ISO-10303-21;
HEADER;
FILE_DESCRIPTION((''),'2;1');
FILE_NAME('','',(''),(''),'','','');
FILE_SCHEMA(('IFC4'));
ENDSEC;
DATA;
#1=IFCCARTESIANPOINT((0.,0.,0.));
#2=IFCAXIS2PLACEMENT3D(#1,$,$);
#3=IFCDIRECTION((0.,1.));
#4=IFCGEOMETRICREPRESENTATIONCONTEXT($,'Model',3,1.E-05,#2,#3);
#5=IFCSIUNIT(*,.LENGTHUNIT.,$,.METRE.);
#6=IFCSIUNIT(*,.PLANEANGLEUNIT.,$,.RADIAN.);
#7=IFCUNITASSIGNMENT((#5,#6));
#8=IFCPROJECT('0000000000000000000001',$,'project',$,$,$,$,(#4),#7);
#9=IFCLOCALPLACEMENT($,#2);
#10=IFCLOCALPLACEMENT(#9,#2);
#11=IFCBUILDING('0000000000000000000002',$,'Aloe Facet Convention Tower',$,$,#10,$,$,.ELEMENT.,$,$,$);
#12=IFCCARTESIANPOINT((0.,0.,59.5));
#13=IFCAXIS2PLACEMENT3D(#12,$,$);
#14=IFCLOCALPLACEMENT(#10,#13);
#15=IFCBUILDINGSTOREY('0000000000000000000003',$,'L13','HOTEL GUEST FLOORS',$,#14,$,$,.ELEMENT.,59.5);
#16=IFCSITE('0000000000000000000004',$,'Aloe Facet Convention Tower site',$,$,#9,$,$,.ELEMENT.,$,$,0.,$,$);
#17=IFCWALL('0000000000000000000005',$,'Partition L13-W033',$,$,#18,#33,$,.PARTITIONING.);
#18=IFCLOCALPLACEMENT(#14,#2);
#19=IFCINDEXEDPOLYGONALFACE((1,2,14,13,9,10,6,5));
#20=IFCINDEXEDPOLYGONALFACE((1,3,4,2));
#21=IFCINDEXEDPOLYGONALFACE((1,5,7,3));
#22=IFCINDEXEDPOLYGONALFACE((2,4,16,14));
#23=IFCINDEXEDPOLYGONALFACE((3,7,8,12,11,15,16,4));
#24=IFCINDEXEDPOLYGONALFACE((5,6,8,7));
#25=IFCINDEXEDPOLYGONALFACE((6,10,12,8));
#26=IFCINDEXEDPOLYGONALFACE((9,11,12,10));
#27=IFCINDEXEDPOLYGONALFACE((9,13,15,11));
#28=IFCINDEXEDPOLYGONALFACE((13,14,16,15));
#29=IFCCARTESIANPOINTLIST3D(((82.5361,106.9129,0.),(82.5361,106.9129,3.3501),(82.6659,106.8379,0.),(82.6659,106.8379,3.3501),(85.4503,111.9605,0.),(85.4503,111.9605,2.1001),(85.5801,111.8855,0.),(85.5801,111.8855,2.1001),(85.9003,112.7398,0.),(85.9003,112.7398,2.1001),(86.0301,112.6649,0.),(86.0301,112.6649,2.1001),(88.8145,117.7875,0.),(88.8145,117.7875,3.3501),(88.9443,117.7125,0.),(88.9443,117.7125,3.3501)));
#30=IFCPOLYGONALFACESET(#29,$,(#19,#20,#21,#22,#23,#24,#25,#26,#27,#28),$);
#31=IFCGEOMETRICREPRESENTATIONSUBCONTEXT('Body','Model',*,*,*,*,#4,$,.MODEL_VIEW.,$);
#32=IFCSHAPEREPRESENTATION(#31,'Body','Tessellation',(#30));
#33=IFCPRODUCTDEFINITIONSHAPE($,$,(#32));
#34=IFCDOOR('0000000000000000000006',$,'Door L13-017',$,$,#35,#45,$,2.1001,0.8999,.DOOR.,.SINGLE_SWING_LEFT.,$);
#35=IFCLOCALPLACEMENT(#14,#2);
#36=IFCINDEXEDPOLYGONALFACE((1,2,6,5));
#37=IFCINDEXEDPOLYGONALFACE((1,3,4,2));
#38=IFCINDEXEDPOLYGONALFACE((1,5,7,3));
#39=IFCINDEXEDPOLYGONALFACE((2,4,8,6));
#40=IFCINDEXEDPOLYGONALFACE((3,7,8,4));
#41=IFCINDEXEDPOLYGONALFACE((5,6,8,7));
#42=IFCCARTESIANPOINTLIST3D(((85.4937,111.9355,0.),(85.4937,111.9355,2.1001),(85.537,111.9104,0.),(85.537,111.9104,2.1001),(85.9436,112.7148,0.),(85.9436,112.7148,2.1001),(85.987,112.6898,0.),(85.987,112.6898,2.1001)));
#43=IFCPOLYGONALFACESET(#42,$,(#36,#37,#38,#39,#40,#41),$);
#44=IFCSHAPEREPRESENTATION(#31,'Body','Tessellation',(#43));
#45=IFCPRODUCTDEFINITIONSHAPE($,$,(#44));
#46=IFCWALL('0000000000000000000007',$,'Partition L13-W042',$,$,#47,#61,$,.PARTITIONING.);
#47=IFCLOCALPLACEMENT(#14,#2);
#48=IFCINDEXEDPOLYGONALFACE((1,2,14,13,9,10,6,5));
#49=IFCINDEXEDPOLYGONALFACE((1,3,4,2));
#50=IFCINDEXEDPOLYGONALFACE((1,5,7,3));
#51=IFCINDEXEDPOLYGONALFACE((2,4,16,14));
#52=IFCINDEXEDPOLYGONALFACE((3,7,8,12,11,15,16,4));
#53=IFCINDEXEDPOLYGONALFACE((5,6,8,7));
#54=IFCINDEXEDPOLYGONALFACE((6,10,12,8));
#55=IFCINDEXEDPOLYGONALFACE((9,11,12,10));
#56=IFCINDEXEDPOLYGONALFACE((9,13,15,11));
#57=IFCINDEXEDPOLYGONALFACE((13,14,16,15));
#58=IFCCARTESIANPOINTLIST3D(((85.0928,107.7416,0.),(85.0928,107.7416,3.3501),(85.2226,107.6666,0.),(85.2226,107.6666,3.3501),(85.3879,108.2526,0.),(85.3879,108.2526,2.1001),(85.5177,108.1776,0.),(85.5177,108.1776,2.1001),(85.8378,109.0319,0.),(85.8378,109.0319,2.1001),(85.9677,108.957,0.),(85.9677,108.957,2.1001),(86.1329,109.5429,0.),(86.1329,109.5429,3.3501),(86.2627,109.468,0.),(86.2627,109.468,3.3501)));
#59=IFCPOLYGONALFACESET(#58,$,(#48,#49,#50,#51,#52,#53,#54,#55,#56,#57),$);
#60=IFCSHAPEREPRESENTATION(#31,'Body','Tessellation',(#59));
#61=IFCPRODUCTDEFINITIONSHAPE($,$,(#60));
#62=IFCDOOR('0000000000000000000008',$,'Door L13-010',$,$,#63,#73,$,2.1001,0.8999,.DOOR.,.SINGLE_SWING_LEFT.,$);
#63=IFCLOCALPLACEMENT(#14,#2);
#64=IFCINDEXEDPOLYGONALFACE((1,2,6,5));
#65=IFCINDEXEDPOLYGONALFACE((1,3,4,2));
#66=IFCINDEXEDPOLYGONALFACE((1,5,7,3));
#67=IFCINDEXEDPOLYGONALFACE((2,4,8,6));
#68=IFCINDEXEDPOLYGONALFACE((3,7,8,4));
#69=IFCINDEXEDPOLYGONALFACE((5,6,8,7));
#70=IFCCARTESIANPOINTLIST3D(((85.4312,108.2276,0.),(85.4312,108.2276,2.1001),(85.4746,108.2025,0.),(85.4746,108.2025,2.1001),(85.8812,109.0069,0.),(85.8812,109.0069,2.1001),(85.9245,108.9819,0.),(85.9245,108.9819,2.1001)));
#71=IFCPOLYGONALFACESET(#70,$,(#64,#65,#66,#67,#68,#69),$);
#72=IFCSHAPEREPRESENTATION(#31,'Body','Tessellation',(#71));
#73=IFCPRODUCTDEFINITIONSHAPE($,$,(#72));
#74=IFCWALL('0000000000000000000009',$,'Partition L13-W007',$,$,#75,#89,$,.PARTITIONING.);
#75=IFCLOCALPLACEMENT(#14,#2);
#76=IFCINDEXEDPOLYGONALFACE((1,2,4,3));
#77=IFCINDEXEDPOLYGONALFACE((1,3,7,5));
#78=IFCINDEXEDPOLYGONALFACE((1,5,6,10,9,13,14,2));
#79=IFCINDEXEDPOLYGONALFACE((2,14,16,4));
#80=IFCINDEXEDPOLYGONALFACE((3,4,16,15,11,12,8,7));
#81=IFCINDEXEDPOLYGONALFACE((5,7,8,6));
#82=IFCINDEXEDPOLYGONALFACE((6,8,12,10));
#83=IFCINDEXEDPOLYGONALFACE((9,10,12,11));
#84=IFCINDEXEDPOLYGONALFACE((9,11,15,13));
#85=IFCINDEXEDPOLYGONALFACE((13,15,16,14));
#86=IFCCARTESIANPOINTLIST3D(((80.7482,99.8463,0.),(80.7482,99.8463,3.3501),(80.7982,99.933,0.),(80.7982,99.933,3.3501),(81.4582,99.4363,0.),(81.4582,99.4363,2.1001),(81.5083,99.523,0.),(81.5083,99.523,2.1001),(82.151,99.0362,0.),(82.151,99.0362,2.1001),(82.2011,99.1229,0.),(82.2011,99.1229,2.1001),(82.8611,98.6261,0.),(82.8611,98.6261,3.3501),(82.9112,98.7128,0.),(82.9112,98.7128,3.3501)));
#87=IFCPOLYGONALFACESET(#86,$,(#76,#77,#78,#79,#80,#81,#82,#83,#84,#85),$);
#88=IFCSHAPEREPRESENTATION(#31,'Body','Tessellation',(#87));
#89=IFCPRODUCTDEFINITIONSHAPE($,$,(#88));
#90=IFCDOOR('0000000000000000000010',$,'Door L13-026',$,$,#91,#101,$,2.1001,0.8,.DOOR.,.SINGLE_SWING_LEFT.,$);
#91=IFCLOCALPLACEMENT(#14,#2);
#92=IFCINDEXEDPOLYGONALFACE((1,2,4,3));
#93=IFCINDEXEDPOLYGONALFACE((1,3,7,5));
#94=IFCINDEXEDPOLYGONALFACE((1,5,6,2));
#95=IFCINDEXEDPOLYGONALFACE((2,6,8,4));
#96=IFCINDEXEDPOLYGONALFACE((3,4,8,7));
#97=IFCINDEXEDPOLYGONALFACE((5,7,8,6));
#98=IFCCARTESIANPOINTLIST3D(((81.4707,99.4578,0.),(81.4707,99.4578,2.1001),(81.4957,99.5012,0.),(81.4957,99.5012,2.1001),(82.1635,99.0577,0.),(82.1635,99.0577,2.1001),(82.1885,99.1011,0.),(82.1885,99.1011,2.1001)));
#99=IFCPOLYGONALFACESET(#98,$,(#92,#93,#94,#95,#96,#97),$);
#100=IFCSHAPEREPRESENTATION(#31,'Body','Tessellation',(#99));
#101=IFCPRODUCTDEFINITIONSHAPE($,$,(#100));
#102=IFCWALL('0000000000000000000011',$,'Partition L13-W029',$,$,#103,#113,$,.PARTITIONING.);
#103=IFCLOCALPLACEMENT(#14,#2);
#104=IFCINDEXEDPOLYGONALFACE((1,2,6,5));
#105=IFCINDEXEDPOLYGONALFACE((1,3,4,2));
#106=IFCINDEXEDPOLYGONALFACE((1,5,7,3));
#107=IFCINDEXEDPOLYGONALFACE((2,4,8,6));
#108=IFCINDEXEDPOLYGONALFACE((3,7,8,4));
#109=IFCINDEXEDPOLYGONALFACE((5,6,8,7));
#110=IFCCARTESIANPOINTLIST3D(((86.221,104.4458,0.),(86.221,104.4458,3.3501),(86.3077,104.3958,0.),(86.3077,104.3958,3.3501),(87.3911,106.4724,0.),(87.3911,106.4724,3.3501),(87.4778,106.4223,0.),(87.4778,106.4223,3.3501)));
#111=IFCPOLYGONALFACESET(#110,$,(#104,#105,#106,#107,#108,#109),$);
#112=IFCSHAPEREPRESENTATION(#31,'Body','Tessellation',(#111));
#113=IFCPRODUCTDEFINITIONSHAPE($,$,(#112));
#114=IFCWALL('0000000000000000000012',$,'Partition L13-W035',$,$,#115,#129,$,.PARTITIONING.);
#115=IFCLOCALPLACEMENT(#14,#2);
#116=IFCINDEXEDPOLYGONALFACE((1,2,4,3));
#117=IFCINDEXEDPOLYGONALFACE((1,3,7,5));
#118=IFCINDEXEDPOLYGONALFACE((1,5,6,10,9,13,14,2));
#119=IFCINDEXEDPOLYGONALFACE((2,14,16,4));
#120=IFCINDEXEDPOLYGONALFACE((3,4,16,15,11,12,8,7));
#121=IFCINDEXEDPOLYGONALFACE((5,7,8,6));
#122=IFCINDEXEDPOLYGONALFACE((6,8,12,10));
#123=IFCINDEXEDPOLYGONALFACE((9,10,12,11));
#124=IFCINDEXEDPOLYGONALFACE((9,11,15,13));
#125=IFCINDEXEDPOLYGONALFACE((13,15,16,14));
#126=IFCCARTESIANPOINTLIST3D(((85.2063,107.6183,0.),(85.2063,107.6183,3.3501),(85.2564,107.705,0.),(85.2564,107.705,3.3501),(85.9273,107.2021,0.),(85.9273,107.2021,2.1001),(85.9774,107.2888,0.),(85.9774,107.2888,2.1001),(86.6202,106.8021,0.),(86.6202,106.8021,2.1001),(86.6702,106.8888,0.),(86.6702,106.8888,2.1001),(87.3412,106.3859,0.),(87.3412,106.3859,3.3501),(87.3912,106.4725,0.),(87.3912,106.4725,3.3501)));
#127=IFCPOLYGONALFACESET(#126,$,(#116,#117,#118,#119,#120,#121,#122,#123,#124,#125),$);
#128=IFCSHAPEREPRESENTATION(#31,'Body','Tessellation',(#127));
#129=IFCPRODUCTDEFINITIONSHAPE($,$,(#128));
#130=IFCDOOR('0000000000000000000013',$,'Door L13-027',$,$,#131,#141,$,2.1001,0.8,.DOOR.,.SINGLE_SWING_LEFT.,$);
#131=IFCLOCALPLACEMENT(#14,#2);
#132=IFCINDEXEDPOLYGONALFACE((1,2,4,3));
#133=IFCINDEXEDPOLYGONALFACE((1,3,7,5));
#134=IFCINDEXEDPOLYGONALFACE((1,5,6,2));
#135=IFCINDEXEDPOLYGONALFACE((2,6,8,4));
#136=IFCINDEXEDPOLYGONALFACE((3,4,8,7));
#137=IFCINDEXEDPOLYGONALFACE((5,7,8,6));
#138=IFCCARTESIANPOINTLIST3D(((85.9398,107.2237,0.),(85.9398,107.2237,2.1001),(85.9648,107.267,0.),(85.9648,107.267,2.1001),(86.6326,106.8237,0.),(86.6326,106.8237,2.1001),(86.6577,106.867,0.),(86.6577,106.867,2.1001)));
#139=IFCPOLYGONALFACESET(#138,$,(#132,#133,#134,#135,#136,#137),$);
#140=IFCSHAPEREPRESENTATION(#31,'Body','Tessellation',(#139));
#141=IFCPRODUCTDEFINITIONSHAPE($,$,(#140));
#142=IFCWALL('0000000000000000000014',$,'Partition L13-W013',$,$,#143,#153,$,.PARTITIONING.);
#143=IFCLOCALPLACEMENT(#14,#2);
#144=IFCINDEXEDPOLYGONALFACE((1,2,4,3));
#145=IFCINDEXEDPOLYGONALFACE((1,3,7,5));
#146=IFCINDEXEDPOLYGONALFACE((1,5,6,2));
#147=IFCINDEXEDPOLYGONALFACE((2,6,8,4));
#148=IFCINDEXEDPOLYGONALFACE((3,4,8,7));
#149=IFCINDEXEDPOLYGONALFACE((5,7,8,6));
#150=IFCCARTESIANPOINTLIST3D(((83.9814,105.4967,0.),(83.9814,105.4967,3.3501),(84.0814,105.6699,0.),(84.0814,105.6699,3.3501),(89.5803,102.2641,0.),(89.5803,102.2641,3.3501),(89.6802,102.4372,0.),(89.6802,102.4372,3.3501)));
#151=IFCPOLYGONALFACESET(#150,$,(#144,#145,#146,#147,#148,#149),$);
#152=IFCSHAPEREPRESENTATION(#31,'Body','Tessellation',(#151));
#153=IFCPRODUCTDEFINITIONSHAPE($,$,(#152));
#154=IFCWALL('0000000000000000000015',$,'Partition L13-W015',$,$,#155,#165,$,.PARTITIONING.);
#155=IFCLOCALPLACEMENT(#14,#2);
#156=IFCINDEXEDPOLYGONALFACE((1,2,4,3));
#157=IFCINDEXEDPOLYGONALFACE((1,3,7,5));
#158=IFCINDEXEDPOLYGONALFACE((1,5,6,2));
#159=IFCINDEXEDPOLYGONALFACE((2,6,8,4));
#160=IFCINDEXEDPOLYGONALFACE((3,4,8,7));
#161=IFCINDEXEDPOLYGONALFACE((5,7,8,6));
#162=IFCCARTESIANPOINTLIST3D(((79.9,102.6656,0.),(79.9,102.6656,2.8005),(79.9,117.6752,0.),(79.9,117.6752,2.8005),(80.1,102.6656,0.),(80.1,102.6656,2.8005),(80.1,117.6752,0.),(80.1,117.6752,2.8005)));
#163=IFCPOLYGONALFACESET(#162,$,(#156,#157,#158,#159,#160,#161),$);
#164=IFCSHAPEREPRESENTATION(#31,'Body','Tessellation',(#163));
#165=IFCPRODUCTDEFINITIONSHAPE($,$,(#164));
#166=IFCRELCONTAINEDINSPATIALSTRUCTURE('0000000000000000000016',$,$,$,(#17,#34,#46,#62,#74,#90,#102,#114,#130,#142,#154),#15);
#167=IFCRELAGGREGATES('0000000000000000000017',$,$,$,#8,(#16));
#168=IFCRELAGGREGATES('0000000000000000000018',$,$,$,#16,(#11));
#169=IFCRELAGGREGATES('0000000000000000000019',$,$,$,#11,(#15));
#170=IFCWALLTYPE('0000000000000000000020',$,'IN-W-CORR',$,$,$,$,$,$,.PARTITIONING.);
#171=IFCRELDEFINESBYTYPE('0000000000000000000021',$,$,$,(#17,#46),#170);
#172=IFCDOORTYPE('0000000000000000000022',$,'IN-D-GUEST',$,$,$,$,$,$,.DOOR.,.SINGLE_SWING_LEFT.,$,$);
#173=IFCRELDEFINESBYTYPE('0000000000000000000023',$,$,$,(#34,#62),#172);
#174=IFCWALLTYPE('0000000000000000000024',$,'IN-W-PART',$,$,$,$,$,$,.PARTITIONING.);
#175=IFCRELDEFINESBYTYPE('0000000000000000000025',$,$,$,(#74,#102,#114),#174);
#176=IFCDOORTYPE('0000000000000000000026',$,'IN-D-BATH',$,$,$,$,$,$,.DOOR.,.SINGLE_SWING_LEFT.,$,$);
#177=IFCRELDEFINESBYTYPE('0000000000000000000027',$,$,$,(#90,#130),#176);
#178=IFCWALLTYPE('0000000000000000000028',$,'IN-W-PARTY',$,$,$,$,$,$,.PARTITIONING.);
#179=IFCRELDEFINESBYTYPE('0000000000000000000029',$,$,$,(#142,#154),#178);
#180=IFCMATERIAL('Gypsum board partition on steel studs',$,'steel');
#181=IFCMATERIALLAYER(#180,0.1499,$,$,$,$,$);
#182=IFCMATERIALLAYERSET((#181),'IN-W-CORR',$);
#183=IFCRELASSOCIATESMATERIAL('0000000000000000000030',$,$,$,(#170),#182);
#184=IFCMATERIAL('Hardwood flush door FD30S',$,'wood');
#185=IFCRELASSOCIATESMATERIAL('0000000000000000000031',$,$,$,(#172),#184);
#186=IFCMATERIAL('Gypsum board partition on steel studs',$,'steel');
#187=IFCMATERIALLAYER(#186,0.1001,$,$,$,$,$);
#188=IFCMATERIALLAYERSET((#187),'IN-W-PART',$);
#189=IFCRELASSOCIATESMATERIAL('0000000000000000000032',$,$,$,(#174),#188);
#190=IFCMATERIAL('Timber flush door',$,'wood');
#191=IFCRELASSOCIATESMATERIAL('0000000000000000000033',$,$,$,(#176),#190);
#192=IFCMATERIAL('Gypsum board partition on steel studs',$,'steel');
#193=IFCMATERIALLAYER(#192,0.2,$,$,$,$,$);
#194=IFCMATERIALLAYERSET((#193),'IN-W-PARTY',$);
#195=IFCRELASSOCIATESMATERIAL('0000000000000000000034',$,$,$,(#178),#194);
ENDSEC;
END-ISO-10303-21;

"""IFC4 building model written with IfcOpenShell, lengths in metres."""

from ifc_helpers import new_model, si_unit, direction, frame, frame_2d, origin, place, context, subcontext, project, spatial, rectangle, extrude, material, layer, layer_set, type_object, element, fill, save


model = new_model("IFC4")

# Units and contexts
model_context = context("Model", 3, precision=1e-05, world=origin(), true_north=direction((0.0, 1.0)))
body_context = subcontext(model_context, "Body", "Model", "MODEL_VIEW")
ifc_project = project(units=[si_unit("LENGTHUNIT", "METRE"), si_unit("PLANEANGLEUNIT", "RADIAN")], contexts=[model_context])

# Site, building, storey
site_placement = place(None, origin())
site = spatial("IfcSite", under=ifc_project, at=site_placement, Name="Aloe Facet Convention Tower site", CompositionType="ELEMENT", RefElevation=0.0)
building_placement = place(site_placement, origin())
building = spatial("IfcBuilding", under=site, at=building_placement, Name="Aloe Facet Convention Tower", CompositionType="ELEMENT")
storey_placement = place(building_placement, frame((0.0, 0.0, 59.5)))
storey = spatial("IfcBuildingStorey", under=building, at=storey_placement, Name="L13", Description="HOTEL GUEST FLOORS", CompositionType="ELEMENT", Elevation=59.5)

# Shared definitions
ifc_material_1 = material(Name="Gypsum board partition on steel studs", Category="steel")
ifc_layer_1 = layer(ifc_material_1, 0.1499)
ifc_layer_set_1 = layer_set([ifc_layer_1], Name="IN-W-CORR")
wall_type_1 = type_object("IfcWallType", Name="IN-W-CORR", PredefinedType="PARTITIONING", material=ifc_layer_set_1)
ifc_material_2 = material(Name="Hardwood flush door FD30S", Category="wood")
door_type_1 = type_object("IfcDoorType", Name="IN-D-GUEST", OperationType="SINGLE_SWING_LEFT", PredefinedType="DOOR", material=ifc_material_2)

# Walls, openings, doors
wall_1_placement = place(storey_placement, frame((82.6011, 106.8755, 0.0), z_axis=(0.0, 0.0, 1.0), x_axis=(0.499995, 0.866028, 0.0)))
wall_1 = element("IfcWall", 1, at=wall_1_placement, inside=storey, type_object=wall_type_1, Name="Partition L13-W033", PredefinedType="PARTITIONING", context=body_context, shape_type="SweptSolid", body=[
    extrude(rectangle(XDim=12.5569, YDim=0.1499, at=frame_2d((6.2783, 0.0))), origin(), (0.0, 0.0, 1.0), 3.3501),
])
opening_1_placement = place(wall_1_placement, frame((5.8284, 0.0, 0.0)))
opening_1 = element("IfcOpeningElement", 2, at=opening_1_placement, cuts=wall_1, PredefinedType="OPENING", context=body_context, shape_type="SweptSolid", body=[
    extrude(rectangle(XDim=0.8999, YDim=2.1001, at=frame_2d((0.45, 1.05))), frame((0.0, 0.085, 0.0), z_axis=(0.0, -1.0, 0.0), x_axis=(1.0, 0.0, 0.0)), (0.0, 0.0, 1.0), 0.1699),
])
door_1_placement = place(opening_1_placement, origin())
door_1 = element("IfcDoor", 3, at=door_1_placement, inside=storey, type_object=door_type_1, Name="Door L13-017", OperationType="SINGLE_SWING_LEFT", OverallHeight=2.1001, OverallWidth=0.8999, PredefinedType="DOOR", context=body_context, shape_type="SweptSolid", body=[
    extrude(rectangle(XDim=0.8999, YDim=2.1001, at=frame_2d((0.45, 1.05))), frame((0.0, 0.0249, 0.0), z_axis=(0.0, -1.0, 0.0), x_axis=(1.0, 0.0, 0.0)), (0.0, 0.0, 1.0), 0.05),
])
fill(opening_1, door_1)
wall_2_placement = place(storey_placement, frame((85.1577, 107.7041, 0.0), z_axis=(0.0, 0.0, 1.0), x_axis=(0.500027, 0.86601, 0.0)))
wall_2 = element("IfcWall", 4, at=wall_2_placement, inside=storey, type_object=wall_type_1, Name="Partition L13-W042", PredefinedType="PARTITIONING", context=body_context, shape_type="SweptSolid", body=[
    extrude(rectangle(XDim=2.0801, YDim=0.1499, at=frame_2d((1.04, 0.0))), origin(), (0.0, 0.0, 1.0), 3.3501),
])
opening_2_placement = place(wall_2_placement, frame((0.5901, 0.0, 0.0)))
opening_2 = element("IfcOpeningElement", 5, at=opening_2_placement, cuts=wall_2, PredefinedType="OPENING", context=body_context, shape_type="SweptSolid", body=[
    extrude(rectangle(XDim=0.8999, YDim=2.1001, at=frame_2d((0.45, 1.05))), frame((0.0, 0.085, 0.0), z_axis=(0.0, -1.0, 0.0), x_axis=(1.0, 0.0, 0.0)), (0.0, 0.0, 1.0), 0.1699),
])
door_2_placement = place(opening_2_placement, origin())
door_2 = element("IfcDoor", 6, at=door_2_placement, inside=storey, type_object=door_type_1, Name="Door L13-010", OperationType="SINGLE_SWING_LEFT", OverallHeight=2.1001, OverallWidth=0.8999, PredefinedType="DOOR", context=body_context, shape_type="SweptSolid", body=[
    extrude(rectangle(XDim=0.8999, YDim=2.1001, at=frame_2d((0.45, 1.05))), frame((0.0, 0.0249, 0.0), z_axis=(0.0, -1.0, 0.0), x_axis=(1.0, 0.0, 0.0)), (0.0, 0.0, 1.0), 0.05),
])
fill(opening_2, door_2)
ifc_material_3 = material(Name="Gypsum board partition on steel studs", Category="steel")
ifc_layer_2 = layer(ifc_material_3, 0.1001)
ifc_layer_set_2 = layer_set([ifc_layer_2], Name="IN-W-PART")
wall_type_2 = type_object("IfcWallType", Name="IN-W-PART", PredefinedType="PARTITIONING", material=ifc_layer_set_2)
wall_3_placement = place(storey_placement, frame((80.7732, 99.8896, 0.0), z_axis=(0.0, 0.0, 1.0), x_axis=(0.865981, -0.500078, 0.0)))
wall_3 = element("IfcWall", 7, at=wall_3_placement, inside=storey, type_object=wall_type_2, Name="Partition L13-W007", PredefinedType="PARTITIONING", context=body_context, shape_type="SweptSolid", body=[
    extrude(rectangle(XDim=2.4399, YDim=0.1001, at=frame_2d((1.22, 0.0))), origin(), (0.0, 0.0, 1.0), 3.3501),
])
opening_3_placement = place(wall_3_placement, frame((0.8201, 0.0, 0.0)))
opening_3 = element("IfcOpeningElement", 8, at=opening_3_placement, cuts=wall_3, PredefinedType="OPENING", context=body_context, shape_type="SweptSolid", body=[
    extrude(rectangle(XDim=0.8, YDim=2.1001, at=frame_2d((0.3999, 1.05))), frame((0.0, 0.0601, 0.0), z_axis=(0.0, -1.0, 0.0), x_axis=(1.0, 0.0, 0.0)), (0.0, 0.0, 1.0), 0.1201),
])
ifc_material_4 = material(Name="Timber flush door", Category="wood")
door_type_2 = type_object("IfcDoorType", Name="IN-D-BATH", OperationType="SINGLE_SWING_LEFT", PredefinedType="DOOR", material=ifc_material_4)
door_3_placement = place(opening_3_placement, origin())
door_3 = element("IfcDoor", 9, at=door_3_placement, inside=storey, type_object=door_type_2, Name="Door L13-026", OperationType="SINGLE_SWING_LEFT", OverallHeight=2.1001, OverallWidth=0.8, PredefinedType="DOOR", context=body_context, shape_type="SweptSolid", body=[
    extrude(rectangle(XDim=0.8, YDim=2.1001, at=frame_2d((0.3999, 1.05))), frame((0.0, 0.0249, 0.0), z_axis=(0.0, -1.0, 0.0), x_axis=(1.0, 0.0, 0.0)), (0.0, 0.0, 1.0), 0.05),
])
fill(opening_3, door_3)

# Wall
wall_4_placement = place(storey_placement, frame((86.2644, 104.4209, 0.0), z_axis=(0.0, 0.0, 1.0), x_axis=(0.500033, 0.866007, 0.0)))
element("IfcWall", 10, at=wall_4_placement, inside=storey, type_object=wall_type_2, Name="Partition L13-W029", PredefinedType="PARTITIONING", context=body_context, shape_type="SweptSolid", body=[
    extrude(rectangle(XDim=2.3401, YDim=0.1001, at=frame_2d((1.1699, 0.0))), origin(), (0.0, 0.0, 1.0), 3.3501),
])

# Wall, opening, door
wall_5_placement = place(storey_placement, frame((85.2314, 107.6616, 0.0), z_axis=(0.0, 0.0, 1.0), x_axis=(0.86604, -0.499974, 0.0)))
wall_5 = element("IfcWall", 11, at=wall_5_placement, inside=storey, type_object=wall_type_2, Name="Partition L13-W035", PredefinedType="PARTITIONING", context=body_context, shape_type="SweptSolid", body=[
    extrude(rectangle(XDim=2.4651, YDim=0.1001, at=frame_2d((1.2324, 0.0))), origin(), (0.0, 0.0, 1.0), 3.3501),
])
opening_4_placement = place(wall_5_placement, frame((0.8325, 0.0, 0.0)))
opening_4 = element("IfcOpeningElement", 12, at=opening_4_placement, cuts=wall_5, PredefinedType="OPENING", context=body_context, shape_type="SweptSolid", body=[
    extrude(rectangle(XDim=0.8, YDim=2.1001, at=frame_2d((0.3999, 1.05))), frame((0.0, 0.0601, 0.0), z_axis=(0.0, -1.0, 0.0), x_axis=(1.0, 0.0, 0.0)), (0.0, 0.0, 1.0), 0.1201),
])
door_4_placement = place(opening_4_placement, origin())
door_4 = element("IfcDoor", 13, at=door_4_placement, inside=storey, type_object=door_type_2, Name="Door L13-027", OperationType="SINGLE_SWING_LEFT", OverallHeight=2.1001, OverallWidth=0.8, PredefinedType="DOOR", context=body_context, shape_type="SweptSolid", body=[
    extrude(rectangle(XDim=0.8, YDim=2.1001, at=frame_2d((0.3999, 1.05))), frame((0.0, 0.0249, 0.0), z_axis=(0.0, -1.0, 0.0), x_axis=(1.0, 0.0, 0.0)), (0.0, 0.0, 1.0), 0.05),
])
fill(opening_4, door_4)

# Walls
ifc_material_5 = material(Name="Gypsum board partition on steel studs", Category="steel")
ifc_layer_3 = layer(ifc_material_5, 0.2)
ifc_layer_set_3 = layer_set([ifc_layer_3], Name="IN-W-PARTY")
wall_type_3 = type_object("IfcWallType", Name="IN-W-PARTY", PredefinedType="PARTITIONING", material=ifc_layer_set_3)
wall_6_placement = place(storey_placement, frame((84.0315, 105.5833, 0.0), z_axis=(0.0, 0.0, 1.0), x_axis=(0.866015, -0.500018, 0.0)))
element("IfcWall", 14, at=wall_6_placement, inside=storey, type_object=wall_type_3, Name="Partition L13-W013", PredefinedType="PARTITIONING", context=body_context, shape_type="SweptSolid", body=[
    extrude(rectangle(XDim=6.4651, YDim=0.2, at=frame_2d((3.2324, 0.0))), origin(), (0.0, 0.0, 1.0), 3.3501),
])
wall_7_placement = place(storey_placement, frame((80.0, 102.6655, 0.0), z_axis=(0.0, 0.0, 1.0), x_axis=(0.0, 1.0, 0.0)))
element("IfcWall", 15, at=wall_7_placement, inside=storey, type_object=wall_type_3, Name="Partition L13-W015", PredefinedType="PARTITIONING", context=body_context, shape_type="SweptSolid", body=[
    extrude(rectangle(XDim=15.0095, YDim=0.2, at=frame_2d((7.5049, 0.0))), origin(), (0.0, 0.0, 1.0), 2.8005),
])

save(model, "model.ifc")
